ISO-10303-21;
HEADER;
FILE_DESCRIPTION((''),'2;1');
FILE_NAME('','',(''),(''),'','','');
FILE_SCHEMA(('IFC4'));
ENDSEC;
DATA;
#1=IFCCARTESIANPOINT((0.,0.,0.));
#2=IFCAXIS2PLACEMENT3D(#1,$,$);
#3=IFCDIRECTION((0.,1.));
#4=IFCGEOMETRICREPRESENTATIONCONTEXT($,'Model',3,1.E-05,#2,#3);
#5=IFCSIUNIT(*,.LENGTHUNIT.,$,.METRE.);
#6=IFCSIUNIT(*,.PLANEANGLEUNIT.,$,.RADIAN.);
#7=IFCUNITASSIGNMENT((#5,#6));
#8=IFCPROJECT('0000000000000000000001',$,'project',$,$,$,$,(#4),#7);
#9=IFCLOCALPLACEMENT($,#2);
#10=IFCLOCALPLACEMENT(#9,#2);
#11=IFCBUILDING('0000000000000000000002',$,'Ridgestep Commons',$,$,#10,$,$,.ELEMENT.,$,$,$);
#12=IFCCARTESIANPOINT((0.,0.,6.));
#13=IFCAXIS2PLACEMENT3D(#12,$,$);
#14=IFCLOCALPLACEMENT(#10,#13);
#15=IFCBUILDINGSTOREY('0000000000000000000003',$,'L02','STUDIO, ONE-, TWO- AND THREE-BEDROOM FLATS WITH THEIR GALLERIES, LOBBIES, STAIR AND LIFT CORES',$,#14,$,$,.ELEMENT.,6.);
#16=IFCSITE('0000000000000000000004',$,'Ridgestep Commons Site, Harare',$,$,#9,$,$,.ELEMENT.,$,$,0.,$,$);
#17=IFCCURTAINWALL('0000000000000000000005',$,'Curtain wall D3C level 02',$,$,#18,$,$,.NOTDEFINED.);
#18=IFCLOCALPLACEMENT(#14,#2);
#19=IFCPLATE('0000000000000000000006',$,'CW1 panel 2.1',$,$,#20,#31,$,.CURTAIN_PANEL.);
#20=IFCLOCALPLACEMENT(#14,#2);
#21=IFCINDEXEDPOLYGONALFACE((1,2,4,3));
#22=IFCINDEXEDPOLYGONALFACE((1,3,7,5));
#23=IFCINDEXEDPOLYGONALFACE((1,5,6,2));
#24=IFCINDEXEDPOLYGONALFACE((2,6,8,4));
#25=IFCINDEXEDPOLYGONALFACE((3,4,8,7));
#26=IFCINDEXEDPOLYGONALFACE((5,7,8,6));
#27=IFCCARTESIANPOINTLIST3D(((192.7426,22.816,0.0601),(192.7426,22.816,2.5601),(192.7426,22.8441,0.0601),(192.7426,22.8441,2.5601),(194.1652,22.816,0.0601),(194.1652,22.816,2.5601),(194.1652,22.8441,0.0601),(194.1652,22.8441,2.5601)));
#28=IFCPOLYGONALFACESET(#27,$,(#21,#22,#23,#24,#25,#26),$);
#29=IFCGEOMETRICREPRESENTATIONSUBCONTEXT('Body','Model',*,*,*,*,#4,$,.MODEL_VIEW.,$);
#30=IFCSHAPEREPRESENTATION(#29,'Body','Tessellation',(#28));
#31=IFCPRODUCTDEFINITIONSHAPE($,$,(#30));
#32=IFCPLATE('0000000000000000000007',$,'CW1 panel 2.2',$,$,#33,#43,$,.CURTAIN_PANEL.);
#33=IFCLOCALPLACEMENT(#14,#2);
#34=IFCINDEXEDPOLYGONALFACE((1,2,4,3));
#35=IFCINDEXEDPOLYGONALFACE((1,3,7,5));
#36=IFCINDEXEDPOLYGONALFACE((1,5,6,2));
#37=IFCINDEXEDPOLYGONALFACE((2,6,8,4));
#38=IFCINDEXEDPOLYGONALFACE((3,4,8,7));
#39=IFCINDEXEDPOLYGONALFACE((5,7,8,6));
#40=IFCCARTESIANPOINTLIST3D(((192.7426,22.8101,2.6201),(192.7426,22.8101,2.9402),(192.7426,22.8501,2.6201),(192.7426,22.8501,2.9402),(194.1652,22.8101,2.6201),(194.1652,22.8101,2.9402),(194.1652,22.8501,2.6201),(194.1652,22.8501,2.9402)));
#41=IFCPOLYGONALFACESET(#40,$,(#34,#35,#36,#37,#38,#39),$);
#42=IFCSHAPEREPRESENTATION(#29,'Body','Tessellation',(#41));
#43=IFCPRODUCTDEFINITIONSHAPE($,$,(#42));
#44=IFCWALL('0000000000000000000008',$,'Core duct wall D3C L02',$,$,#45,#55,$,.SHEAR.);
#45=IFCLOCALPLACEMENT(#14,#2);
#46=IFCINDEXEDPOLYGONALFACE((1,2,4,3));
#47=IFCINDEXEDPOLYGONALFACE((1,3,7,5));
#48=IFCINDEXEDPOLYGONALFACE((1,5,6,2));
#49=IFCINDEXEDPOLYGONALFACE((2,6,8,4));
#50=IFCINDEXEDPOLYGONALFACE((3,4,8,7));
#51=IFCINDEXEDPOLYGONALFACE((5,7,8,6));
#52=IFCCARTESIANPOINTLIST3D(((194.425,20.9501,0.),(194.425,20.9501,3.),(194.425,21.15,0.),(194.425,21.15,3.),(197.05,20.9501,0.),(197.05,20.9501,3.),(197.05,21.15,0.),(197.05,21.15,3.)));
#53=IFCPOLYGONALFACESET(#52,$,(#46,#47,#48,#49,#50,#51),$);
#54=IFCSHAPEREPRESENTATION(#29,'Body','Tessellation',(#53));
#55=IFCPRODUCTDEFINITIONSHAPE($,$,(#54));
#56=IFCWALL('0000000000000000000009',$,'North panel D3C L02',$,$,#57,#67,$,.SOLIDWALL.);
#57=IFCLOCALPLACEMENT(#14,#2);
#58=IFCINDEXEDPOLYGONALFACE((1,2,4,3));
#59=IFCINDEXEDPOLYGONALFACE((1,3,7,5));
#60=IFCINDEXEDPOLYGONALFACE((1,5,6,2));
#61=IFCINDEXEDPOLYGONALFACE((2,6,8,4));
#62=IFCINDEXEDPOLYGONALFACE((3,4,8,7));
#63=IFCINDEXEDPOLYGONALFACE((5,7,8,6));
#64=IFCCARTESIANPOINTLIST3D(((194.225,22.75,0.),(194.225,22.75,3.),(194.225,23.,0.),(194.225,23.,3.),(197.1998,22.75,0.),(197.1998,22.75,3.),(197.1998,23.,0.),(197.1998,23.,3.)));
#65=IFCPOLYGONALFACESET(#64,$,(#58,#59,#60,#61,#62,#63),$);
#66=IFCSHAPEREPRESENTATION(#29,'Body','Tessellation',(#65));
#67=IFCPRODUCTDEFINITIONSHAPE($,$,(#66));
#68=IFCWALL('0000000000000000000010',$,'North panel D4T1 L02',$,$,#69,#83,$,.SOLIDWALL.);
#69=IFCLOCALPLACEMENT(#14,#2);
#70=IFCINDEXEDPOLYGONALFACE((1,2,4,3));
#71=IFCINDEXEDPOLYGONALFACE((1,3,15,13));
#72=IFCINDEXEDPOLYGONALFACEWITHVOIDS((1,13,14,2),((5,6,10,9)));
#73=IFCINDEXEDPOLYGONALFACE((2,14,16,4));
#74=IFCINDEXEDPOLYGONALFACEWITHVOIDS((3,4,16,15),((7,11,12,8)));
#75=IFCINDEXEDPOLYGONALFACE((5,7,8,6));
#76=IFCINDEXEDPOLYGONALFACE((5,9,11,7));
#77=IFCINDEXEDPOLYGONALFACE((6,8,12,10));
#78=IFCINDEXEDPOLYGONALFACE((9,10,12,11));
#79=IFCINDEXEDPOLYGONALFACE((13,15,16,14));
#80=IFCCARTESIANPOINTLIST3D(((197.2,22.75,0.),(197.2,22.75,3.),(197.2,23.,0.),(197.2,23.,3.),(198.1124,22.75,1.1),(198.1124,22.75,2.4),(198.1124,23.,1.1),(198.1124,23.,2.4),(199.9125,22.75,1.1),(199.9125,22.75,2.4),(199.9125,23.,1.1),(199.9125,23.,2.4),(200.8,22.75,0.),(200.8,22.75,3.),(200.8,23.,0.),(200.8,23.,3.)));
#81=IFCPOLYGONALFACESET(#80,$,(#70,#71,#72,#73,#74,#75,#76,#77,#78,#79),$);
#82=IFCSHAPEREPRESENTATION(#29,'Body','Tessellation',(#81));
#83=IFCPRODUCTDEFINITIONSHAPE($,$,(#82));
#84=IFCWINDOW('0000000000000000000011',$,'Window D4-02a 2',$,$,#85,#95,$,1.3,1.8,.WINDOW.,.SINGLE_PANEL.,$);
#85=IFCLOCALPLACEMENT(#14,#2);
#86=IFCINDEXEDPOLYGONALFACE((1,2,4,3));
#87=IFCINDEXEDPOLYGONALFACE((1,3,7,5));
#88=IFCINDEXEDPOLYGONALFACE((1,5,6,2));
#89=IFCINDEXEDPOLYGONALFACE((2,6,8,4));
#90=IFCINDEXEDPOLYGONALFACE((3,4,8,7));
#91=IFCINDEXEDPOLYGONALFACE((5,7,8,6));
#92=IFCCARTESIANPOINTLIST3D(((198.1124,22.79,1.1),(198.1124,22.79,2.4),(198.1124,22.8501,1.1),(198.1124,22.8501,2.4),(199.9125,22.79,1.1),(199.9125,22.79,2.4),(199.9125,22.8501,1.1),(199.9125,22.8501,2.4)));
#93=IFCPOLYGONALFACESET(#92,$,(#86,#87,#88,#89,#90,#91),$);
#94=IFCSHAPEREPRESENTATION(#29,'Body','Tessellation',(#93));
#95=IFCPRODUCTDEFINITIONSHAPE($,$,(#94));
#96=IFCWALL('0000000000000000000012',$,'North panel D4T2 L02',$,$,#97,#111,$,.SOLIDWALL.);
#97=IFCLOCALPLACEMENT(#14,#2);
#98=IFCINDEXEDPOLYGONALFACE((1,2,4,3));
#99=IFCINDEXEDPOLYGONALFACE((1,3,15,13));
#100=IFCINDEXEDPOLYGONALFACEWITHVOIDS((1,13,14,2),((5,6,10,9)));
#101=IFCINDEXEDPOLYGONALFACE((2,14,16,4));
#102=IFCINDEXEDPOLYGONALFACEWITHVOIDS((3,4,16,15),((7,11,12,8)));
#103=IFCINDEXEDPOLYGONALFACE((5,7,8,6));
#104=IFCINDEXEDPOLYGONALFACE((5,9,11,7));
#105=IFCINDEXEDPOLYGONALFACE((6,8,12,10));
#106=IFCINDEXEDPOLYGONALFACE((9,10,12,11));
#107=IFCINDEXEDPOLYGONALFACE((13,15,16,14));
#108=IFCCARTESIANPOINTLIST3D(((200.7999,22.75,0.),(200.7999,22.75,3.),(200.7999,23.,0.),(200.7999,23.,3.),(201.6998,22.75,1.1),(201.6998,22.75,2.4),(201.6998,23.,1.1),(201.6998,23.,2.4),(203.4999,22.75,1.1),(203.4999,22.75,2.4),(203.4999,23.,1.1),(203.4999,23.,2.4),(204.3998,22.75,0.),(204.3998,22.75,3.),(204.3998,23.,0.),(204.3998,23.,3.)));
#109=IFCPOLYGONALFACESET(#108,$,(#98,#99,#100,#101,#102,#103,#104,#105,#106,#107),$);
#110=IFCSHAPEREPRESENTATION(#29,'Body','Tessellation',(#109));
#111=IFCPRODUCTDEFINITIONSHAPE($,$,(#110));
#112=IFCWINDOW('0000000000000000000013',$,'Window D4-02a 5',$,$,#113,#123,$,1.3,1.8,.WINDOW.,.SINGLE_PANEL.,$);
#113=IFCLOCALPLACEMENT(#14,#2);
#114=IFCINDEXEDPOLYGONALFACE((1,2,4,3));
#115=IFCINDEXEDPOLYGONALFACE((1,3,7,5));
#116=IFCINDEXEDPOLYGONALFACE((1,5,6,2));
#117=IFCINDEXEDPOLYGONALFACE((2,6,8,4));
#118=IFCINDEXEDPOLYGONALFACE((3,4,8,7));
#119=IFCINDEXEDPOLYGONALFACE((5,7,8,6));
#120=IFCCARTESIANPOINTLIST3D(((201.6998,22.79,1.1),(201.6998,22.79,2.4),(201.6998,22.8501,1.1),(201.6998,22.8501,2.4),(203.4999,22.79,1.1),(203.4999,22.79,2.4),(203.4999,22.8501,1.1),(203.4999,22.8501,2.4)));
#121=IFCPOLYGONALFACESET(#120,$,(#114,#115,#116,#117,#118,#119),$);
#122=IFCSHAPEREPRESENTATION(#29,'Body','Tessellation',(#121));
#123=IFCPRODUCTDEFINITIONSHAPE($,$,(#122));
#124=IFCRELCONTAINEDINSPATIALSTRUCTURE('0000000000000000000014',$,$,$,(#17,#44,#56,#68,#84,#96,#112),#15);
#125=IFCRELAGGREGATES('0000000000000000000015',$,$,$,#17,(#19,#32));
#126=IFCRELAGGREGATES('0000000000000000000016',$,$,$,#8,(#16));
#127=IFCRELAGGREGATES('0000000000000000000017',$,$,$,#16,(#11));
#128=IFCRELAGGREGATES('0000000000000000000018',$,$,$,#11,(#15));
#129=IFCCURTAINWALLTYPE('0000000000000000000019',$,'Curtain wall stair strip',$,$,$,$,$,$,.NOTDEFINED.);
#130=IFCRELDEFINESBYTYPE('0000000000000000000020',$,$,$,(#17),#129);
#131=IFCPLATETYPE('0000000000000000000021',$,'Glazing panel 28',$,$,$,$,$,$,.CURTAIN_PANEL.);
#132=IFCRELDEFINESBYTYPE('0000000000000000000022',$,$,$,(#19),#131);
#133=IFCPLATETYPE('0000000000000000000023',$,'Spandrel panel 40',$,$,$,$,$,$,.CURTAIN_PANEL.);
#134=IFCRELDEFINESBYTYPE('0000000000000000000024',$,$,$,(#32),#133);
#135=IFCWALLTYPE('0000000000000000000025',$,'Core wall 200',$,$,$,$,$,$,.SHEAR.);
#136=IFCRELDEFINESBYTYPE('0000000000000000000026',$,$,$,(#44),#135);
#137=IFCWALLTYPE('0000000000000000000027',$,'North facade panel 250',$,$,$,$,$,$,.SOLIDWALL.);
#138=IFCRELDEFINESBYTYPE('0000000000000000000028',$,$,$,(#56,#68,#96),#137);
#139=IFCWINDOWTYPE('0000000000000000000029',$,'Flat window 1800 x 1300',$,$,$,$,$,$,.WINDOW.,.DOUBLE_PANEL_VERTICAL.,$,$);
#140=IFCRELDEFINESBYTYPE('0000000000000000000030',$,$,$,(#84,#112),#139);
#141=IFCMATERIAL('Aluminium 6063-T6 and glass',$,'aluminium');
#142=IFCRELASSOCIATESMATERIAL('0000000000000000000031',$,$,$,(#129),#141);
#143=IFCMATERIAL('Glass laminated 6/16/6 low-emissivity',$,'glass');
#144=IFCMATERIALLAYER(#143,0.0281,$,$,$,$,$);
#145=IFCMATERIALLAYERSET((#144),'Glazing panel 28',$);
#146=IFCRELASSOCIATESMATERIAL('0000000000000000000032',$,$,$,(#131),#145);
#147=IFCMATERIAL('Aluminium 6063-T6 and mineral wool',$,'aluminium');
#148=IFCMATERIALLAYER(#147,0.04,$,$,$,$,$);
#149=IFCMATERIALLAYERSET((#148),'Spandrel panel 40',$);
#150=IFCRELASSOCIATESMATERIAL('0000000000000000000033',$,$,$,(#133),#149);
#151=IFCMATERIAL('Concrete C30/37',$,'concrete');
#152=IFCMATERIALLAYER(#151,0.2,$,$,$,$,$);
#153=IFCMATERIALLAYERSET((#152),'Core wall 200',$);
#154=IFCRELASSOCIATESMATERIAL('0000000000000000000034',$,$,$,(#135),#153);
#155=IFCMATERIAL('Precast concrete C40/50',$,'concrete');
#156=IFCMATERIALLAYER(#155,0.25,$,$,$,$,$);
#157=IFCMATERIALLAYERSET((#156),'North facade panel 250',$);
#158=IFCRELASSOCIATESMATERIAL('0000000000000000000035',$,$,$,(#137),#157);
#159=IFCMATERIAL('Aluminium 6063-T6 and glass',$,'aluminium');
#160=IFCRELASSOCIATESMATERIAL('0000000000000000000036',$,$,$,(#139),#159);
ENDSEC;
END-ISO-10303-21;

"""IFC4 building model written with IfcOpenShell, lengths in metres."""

from ifc_helpers import new_model, si_unit, direction, frame, frame_2d, origin, origin_2d, place, context, subcontext, project, spatial, rectangle, extrude, material, layer, layer_set, type_object, element, fill, aggregate, save


model = new_model("IFC4")

# Units and contexts
model_context = context("Model", 3, precision=1e-05, world=origin(), true_north=direction((0.0, 1.0)))
body_context = subcontext(model_context, "Body", "Model", "MODEL_VIEW")
ifc_project = project(units=[si_unit("LENGTHUNIT", "METRE"), si_unit("PLANEANGLEUNIT", "RADIAN")], contexts=[model_context])

# Site, building, storey
site_placement = place(None, origin())
site = spatial("IfcSite", under=ifc_project, at=site_placement, Name="Ridgestep Commons Site, Harare", CompositionType="ELEMENT", RefElevation=0.0)
building_placement = place(site_placement, origin())
building = spatial("IfcBuilding", under=site, at=building_placement, Name="Ridgestep Commons", CompositionType="ELEMENT")
storey_placement = place(building_placement, frame((0.0, 0.0, 6.0)))
storey = spatial("IfcBuildingStorey", under=building, at=storey_placement, Name="L02", Description="STUDIO, ONE-, TWO- AND THREE-BEDROOM FLATS WITH THEIR GALLERIES, LOBBIES, STAIR AND LIFT CORES", CompositionType="ELEMENT", Elevation=6.0)

# Curtain wall
ifc_material_1 = material(Name="Aluminium 6063-T6 and glass", Category="aluminium")
curtain_wall_type = type_object("IfcCurtainWallType", Name="Curtain wall stair strip", PredefinedType="NOTDEFINED", material=ifc_material_1)
curtain_wall_placement = place(storey_placement, origin())
curtain_wall = element("IfcCurtainWall", 1, at=curtain_wall_placement, inside=storey, type_object=curtain_wall_type, Name="Curtain wall D3C level 02", PredefinedType="NOTDEFINED")

# Plates
ifc_material_2 = material(Name="Glass laminated 6/16/6 low-emissivity", Category="glass")
ifc_layer_1 = layer(ifc_material_2, 0.0281)
ifc_layer_set_1 = layer_set([ifc_layer_1], Name="Glazing panel 28")
plate_type_1 = type_object("IfcPlateType", Name="Glazing panel 28", PredefinedType="CURTAIN_PANEL", material=ifc_layer_set_1)
plate_1_placement = place(storey_placement, frame((193.4539, 22.8301, 0.0601), z_axis=(0.0, 0.0, 1.0), x_axis=(1.0, 0.0, 0.0)))
plate_1 = element("IfcPlate", 2, at=plate_1_placement, type_object=plate_type_1, Name="CW1 panel 2.1", PredefinedType="CURTAIN_PANEL", context=body_context, shape_type="SweptSolid", body=[
    extrude(rectangle(XDim=1.4226, YDim=0.0281, at=origin_2d()), origin(), (0.0, 0.0, 1.0), 2.5),
])
ifc_material_3 = material(Name="Aluminium 6063-T6 and mineral wool", Category="aluminium")
ifc_layer_2 = layer(ifc_material_3, 0.04)
ifc_layer_set_2 = layer_set([ifc_layer_2], Name="Spandrel panel 40")
plate_type_2 = type_object("IfcPlateType", Name="Spandrel panel 40", PredefinedType="CURTAIN_PANEL", material=ifc_layer_set_2)
plate_2_placement = place(storey_placement, frame((193.4539, 22.8301, 2.6201), z_axis=(0.0, 0.0, 1.0), x_axis=(1.0, 0.0, 0.0)))
plate_2 = element("IfcPlate", 3, at=plate_2_placement, type_object=plate_type_2, Name="CW1 panel 2.2", PredefinedType="CURTAIN_PANEL", context=body_context, shape_type="SweptSolid", body=[
    extrude(rectangle(XDim=1.4226, YDim=0.04, at=origin_2d()), origin(), (0.0, 0.0, 1.0), 0.3201),
])
aggregate(curtain_wall, [plate_1, plate_2])

# Walls
ifc_material_4 = material(Name="Concrete C30/37", Category="concrete")
ifc_layer_3 = layer(ifc_material_4, 0.2)
ifc_layer_set_3 = layer_set([ifc_layer_3], Name="Core wall 200")
wall_type_1 = type_object("IfcWallType", Name="Core wall 200", PredefinedType="SHEAR", material=ifc_layer_set_3)
wall_1_placement = place(storey_placement, frame((194.425, 21.05, 0.0), z_axis=(0.0, 0.0, 1.0), x_axis=(1.0, 0.0, 0.0)))
element("IfcWall", 4, at=wall_1_placement, inside=storey, type_object=wall_type_1, Name="Core duct wall D3C L02", PredefinedType="SHEAR", context=body_context, shape_type="SweptSolid", body=[
    extrude(rectangle(XDim=2.625, YDim=0.2, at=frame_2d((1.3125, 0.0))), origin(), (0.0, 0.0, 1.0), 3.0),
])
ifc_material_5 = material(Name="Precast concrete C40/50", Category="concrete")
ifc_layer_4 = layer(ifc_material_5, 0.25)
ifc_layer_set_4 = layer_set([ifc_layer_4], Name="North facade panel 250")
wall_type_2 = type_object("IfcWallType", Name="North facade panel 250", PredefinedType="SOLIDWALL", material=ifc_layer_set_4)
wall_2_placement = place(storey_placement, frame((194.2251, 22.875, 0.0), z_axis=(0.0, 0.0, 1.0), x_axis=(1.0, 0.0, 0.0)))
element("IfcWall", 5, at=wall_2_placement, inside=storey, type_object=wall_type_2, Name="North panel D3C L02", PredefinedType="SOLIDWALL", context=body_context, shape_type="SweptSolid", body=[
    extrude(rectangle(XDim=2.9749, YDim=0.25, at=frame_2d((1.4873, 0.0))), origin(), (0.0, 0.0, 1.0), 3.0),
])

# Walls, openings, windows
wall_3_placement = place(storey_placement, frame((197.2, 22.875, 0.0), z_axis=(0.0, 0.0, 1.0), x_axis=(1.0, 0.0, 0.0)))
wall_3 = element("IfcWall", 6, at=wall_3_placement, inside=storey, type_object=wall_type_2, Name="North panel D4T1 L02", PredefinedType="SOLIDWALL", context=body_context, shape_type="SweptSolid", body=[
    extrude(rectangle(XDim=3.6001, YDim=0.25, at=frame_2d((1.8, 0.0))), origin(), (0.0, 0.0, 1.0), 3.0),
])
opening_1_placement = place(wall_3_placement, frame((0.9126, 0.0, 1.1001)))
opening_1 = element("IfcOpeningElement", 7, at=opening_1_placement, cuts=wall_3, PredefinedType="OPENING", context=body_context, shape_type="SweptSolid", body=[
    extrude(rectangle(XDim=1.8, YDim=1.3, at=frame_2d((0.8999, 0.6499))), frame((0.0, 0.135, 0.0), z_axis=(0.0, -1.0, 0.0), x_axis=(1.0, 0.0, 0.0)), (0.0, 0.0, 1.0), 0.27),
])
ifc_material_6 = material(Name="Aluminium 6063-T6 and glass", Category="aluminium")
window_type = type_object("IfcWindowType", Name="Flat window 1800 x 1300", PartitioningType="DOUBLE_PANEL_VERTICAL", PredefinedType="WINDOW", material=ifc_material_6)
window_1_placement = place(opening_1_placement, origin())
window_1 = element("IfcWindow", 8, at=window_1_placement, inside=storey, type_object=window_type, Name="Window D4-02a 2", OverallHeight=1.3, OverallWidth=1.8, PartitioningType="SINGLE_PANEL", PredefinedType="WINDOW", context=body_context, shape_type="SweptSolid", body=[
    extrude(rectangle(XDim=1.8, YDim=1.3, at=frame_2d((0.8999, 0.6499))), frame((0.0, -0.0249, 0.0), z_axis=(0.0, -1.0, 0.0), x_axis=(1.0, 0.0, 0.0)), (0.0, 0.0, 1.0), 0.0601),
])
fill(opening_1, window_1)
wall_4_placement = place(storey_placement, frame((200.8, 22.875, 0.0), z_axis=(0.0, 0.0, 1.0), x_axis=(1.0, 0.0, 0.0)))
wall_4 = element("IfcWall", 9, at=wall_4_placement, inside=storey, type_object=wall_type_2, Name="North panel D4T2 L02", PredefinedType="SOLIDWALL", context=body_context, shape_type="SweptSolid", body=[
    extrude(rectangle(XDim=3.5999, YDim=0.25, at=frame_2d((1.7998, 0.0))), origin(), (0.0, 0.0, 1.0), 3.0),
])
opening_2_placement = place(wall_4_placement, frame((0.8999, 0.0, 1.1001)))
opening_2 = element("IfcOpeningElement", 10, at=opening_2_placement, cuts=wall_4, PredefinedType="OPENING", context=body_context, shape_type="SweptSolid", body=[
    extrude(rectangle(XDim=1.8, YDim=1.3, at=frame_2d((0.8999, 0.6499))), frame((0.0, 0.135, 0.0), z_axis=(0.0, -1.0, 0.0), x_axis=(1.0, 0.0, 0.0)), (0.0, 0.0, 1.0), 0.27),
])
window_2_placement = place(opening_2_placement, origin())
window_2 = element("IfcWindow", 11, at=window_2_placement, inside=storey, type_object=window_type, Name="Window D4-02a 5", OverallHeight=1.3, OverallWidth=1.8, PartitioningType="SINGLE_PANEL", PredefinedType="WINDOW", context=body_context, shape_type="SweptSolid", body=[
    extrude(rectangle(XDim=1.8, YDim=1.3, at=frame_2d((0.8999, 0.6499))), frame((0.0, -0.0249, 0.0), z_axis=(0.0, -1.0, 0.0), x_axis=(1.0, 0.0, 0.0)), (0.0, 0.0, 1.0), 0.0601),
])
fill(opening_2, window_2)

save(model, "model.ifc")
